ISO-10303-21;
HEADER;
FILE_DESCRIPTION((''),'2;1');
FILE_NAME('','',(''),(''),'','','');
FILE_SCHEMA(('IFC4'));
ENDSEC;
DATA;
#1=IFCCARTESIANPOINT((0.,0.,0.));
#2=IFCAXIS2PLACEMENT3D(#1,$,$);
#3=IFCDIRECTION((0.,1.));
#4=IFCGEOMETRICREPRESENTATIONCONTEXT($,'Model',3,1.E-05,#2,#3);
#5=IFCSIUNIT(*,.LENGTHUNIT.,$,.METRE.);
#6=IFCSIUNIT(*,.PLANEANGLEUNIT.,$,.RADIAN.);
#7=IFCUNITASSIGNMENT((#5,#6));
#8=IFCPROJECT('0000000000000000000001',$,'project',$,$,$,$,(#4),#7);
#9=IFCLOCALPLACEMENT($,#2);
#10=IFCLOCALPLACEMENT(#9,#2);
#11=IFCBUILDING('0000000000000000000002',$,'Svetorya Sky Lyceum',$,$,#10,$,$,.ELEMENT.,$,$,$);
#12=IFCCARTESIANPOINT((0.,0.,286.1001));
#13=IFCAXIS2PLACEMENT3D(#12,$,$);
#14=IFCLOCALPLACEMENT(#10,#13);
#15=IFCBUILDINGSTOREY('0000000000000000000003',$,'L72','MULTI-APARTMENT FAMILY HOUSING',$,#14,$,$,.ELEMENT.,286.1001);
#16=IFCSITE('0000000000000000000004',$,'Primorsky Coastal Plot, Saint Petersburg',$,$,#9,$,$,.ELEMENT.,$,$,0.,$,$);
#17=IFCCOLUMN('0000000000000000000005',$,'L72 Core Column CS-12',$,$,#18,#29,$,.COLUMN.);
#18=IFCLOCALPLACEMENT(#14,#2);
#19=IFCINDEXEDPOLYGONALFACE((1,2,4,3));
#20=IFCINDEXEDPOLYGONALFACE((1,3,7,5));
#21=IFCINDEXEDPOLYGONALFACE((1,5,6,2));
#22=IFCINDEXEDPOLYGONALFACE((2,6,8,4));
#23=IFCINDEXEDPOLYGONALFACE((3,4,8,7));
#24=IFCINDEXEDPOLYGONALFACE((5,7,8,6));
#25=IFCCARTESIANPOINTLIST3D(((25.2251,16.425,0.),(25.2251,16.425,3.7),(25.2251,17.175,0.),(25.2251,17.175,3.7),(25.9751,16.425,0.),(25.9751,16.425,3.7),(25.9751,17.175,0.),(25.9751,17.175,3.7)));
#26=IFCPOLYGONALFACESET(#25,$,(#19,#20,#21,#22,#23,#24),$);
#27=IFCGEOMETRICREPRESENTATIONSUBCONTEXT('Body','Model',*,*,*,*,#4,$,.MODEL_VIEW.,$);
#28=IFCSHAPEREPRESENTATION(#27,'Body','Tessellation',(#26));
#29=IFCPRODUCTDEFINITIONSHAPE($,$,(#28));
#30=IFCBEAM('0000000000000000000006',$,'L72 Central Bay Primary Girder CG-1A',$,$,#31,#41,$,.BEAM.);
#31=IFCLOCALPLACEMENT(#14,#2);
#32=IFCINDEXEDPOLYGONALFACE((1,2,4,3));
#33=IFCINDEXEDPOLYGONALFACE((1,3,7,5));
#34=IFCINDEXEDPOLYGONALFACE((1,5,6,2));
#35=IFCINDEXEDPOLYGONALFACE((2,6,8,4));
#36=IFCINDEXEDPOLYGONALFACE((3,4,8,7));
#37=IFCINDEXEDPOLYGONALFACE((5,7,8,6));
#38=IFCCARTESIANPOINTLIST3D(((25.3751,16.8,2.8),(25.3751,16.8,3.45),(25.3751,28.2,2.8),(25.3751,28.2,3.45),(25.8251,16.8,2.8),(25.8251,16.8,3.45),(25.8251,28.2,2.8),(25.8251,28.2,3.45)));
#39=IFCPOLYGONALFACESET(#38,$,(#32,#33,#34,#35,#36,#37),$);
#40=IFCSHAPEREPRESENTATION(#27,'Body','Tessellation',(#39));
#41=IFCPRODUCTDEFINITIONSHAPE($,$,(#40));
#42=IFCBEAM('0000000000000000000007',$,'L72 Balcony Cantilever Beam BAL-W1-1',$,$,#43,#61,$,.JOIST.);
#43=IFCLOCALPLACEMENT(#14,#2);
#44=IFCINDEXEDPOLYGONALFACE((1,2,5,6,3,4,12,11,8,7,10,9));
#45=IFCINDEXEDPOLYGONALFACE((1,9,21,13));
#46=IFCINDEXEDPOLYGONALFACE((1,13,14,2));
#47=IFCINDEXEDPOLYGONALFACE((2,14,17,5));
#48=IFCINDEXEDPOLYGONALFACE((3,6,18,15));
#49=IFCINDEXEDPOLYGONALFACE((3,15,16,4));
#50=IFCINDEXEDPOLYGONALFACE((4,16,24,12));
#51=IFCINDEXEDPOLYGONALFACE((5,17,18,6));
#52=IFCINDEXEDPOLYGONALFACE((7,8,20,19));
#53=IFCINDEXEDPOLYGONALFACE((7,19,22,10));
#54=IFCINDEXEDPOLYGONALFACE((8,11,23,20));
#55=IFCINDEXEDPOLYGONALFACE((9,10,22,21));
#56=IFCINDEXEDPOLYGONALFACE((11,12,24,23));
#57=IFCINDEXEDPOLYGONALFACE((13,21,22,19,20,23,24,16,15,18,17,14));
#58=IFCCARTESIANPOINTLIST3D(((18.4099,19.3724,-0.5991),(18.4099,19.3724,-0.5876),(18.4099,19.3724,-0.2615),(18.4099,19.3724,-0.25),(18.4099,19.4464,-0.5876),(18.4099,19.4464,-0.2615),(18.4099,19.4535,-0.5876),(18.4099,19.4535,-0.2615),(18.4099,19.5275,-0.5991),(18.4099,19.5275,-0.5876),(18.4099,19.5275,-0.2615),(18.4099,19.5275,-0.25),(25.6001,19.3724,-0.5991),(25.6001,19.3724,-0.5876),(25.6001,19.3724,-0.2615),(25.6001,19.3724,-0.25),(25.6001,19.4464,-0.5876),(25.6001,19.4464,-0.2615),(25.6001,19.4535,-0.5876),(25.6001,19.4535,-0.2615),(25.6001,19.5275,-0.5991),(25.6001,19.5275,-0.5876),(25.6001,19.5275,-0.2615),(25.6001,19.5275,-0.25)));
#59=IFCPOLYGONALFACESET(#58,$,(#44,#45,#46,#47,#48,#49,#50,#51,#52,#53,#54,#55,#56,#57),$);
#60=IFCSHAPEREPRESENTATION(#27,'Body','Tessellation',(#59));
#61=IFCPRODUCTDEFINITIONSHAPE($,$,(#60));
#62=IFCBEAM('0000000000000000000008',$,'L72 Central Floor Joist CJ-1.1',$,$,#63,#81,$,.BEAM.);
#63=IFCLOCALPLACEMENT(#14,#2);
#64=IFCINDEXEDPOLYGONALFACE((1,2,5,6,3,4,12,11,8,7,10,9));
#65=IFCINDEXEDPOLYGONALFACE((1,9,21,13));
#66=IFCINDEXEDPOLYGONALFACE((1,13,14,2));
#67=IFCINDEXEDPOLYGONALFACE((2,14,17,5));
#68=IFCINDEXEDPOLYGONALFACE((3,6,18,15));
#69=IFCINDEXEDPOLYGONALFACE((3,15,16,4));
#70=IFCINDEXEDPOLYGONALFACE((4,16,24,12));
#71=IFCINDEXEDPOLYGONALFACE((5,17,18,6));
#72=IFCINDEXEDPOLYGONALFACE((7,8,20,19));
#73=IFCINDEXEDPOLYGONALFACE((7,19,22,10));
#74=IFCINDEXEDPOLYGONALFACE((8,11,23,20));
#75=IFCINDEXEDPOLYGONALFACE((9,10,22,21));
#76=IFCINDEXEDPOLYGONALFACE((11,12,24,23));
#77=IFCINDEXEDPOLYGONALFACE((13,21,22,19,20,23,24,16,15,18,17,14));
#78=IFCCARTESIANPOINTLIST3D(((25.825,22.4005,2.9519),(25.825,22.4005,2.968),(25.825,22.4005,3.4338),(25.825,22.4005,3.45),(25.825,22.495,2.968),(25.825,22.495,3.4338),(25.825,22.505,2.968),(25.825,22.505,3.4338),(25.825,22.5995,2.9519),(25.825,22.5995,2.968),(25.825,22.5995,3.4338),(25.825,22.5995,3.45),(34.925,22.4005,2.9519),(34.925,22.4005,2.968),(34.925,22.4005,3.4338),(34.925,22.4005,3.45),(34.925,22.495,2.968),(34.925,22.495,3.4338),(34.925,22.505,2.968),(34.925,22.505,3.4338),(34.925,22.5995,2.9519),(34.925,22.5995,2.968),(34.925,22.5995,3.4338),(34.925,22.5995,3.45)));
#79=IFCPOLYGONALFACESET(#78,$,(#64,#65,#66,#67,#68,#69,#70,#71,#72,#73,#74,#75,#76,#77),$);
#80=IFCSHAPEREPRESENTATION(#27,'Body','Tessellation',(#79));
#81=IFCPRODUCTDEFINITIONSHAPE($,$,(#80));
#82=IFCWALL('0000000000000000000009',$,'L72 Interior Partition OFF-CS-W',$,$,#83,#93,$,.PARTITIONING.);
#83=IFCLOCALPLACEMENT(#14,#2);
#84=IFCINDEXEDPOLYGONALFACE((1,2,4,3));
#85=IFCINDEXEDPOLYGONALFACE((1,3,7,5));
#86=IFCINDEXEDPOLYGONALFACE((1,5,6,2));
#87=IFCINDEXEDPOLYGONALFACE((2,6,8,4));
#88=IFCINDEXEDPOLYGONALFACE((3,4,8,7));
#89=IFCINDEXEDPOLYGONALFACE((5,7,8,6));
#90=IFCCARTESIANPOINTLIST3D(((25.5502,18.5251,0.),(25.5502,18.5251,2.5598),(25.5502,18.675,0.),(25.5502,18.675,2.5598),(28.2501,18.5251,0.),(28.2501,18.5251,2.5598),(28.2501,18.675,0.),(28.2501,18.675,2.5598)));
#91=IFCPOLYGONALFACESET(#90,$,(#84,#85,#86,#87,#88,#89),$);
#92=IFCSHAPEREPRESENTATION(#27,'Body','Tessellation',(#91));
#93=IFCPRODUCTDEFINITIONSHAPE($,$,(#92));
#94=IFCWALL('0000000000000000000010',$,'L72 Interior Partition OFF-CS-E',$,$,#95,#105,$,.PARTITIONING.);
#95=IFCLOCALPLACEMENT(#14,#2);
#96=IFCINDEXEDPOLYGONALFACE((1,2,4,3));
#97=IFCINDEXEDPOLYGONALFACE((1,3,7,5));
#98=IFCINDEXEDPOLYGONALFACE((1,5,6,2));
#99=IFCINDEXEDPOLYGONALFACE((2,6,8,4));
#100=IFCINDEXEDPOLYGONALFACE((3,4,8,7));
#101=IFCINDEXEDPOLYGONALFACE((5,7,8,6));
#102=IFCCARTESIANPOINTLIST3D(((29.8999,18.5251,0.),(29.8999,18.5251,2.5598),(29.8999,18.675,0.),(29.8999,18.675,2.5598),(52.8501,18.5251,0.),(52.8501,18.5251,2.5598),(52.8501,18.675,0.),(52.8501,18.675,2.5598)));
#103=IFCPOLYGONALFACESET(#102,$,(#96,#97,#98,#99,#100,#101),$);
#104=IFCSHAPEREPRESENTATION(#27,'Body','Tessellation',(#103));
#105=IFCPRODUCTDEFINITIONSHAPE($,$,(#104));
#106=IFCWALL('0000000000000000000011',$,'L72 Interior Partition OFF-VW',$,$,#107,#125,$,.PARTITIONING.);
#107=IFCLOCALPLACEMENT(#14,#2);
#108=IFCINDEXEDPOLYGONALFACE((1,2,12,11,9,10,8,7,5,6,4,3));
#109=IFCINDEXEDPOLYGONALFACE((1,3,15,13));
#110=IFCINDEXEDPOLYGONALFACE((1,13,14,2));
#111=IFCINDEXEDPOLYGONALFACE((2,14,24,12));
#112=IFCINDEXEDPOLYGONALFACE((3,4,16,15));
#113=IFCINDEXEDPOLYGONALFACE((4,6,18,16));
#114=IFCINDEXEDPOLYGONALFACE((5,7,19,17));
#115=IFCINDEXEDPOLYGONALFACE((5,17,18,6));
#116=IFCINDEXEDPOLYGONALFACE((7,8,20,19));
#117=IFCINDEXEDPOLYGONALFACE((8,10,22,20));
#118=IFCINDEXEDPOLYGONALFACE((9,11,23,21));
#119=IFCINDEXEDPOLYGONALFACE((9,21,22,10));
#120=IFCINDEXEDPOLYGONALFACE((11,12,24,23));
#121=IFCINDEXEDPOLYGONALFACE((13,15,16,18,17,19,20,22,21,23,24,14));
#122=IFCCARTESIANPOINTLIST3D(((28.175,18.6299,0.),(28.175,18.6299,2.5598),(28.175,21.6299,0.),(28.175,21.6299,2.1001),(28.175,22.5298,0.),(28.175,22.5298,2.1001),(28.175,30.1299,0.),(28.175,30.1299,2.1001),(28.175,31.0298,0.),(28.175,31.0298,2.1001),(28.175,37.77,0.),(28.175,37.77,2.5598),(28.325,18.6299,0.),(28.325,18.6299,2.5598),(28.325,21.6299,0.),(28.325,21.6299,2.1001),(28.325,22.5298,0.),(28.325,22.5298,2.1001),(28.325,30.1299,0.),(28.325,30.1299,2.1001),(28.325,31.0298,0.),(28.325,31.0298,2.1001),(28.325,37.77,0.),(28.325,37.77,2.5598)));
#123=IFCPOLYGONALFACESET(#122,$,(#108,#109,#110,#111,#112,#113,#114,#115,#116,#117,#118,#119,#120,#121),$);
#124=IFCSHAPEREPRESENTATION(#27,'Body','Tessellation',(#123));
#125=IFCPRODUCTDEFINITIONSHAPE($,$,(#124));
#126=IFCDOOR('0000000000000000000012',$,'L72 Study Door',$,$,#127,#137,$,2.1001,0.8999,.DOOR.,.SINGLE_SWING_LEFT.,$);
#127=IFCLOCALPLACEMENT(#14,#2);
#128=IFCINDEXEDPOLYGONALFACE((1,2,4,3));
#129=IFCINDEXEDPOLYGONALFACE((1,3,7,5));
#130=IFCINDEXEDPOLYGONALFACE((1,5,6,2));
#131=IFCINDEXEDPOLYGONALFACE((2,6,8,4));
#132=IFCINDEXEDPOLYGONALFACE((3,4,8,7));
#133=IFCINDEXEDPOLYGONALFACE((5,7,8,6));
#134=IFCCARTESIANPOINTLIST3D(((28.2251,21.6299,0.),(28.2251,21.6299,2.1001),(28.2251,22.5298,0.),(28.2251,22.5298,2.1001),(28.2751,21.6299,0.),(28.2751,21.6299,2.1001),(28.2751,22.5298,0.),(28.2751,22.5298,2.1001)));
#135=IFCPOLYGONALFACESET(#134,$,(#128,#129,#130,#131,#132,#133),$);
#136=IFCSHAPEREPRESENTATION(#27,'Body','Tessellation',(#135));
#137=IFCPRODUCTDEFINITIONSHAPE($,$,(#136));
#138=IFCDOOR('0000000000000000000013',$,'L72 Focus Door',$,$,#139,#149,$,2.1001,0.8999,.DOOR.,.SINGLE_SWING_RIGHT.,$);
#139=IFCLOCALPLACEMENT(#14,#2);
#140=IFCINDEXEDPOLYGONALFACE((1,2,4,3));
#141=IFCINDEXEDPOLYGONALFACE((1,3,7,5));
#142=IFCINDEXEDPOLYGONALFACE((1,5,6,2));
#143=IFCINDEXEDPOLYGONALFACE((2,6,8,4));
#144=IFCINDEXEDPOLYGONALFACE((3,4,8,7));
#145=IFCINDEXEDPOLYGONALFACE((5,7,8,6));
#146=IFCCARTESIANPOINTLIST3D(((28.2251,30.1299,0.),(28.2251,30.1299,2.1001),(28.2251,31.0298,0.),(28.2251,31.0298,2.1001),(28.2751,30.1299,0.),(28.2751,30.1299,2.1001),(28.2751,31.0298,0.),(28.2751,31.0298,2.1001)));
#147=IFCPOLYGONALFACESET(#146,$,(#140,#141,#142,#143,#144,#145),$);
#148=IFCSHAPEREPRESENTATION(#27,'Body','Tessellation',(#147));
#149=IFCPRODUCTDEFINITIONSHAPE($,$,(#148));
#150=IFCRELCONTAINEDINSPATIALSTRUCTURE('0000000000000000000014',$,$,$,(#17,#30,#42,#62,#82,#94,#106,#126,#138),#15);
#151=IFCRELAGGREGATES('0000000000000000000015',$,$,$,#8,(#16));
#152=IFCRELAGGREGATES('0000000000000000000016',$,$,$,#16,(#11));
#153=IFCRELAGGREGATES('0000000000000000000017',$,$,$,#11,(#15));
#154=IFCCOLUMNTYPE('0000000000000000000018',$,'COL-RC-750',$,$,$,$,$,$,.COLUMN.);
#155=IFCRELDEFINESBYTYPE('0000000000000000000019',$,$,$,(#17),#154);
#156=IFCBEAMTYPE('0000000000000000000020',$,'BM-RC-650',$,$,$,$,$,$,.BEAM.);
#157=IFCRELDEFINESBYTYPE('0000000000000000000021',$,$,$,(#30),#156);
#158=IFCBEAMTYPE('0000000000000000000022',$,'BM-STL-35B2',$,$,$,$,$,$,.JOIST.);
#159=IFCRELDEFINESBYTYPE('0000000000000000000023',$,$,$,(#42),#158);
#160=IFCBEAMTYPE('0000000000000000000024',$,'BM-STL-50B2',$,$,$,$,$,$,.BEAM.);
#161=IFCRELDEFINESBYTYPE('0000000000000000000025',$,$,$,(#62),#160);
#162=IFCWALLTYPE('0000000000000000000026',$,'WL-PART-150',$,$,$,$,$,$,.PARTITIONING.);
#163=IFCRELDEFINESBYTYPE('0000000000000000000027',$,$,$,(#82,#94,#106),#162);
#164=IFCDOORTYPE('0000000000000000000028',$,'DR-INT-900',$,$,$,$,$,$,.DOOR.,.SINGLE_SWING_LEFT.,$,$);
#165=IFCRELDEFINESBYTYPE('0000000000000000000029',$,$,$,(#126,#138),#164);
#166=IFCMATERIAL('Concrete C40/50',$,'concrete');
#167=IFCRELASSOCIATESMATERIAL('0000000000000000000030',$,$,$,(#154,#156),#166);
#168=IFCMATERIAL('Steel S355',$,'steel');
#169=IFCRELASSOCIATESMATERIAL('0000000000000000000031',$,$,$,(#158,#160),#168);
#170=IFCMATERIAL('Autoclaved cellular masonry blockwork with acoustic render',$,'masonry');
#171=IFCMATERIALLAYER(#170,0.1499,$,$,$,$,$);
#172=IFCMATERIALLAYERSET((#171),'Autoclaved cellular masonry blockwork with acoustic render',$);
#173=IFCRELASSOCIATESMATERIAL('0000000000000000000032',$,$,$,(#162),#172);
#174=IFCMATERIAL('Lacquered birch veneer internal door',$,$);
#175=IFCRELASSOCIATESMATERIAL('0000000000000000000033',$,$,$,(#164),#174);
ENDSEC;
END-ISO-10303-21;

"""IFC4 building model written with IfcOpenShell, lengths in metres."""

from ifc_helpers import new_model, si_unit, direction, frame, frame_2d, origin, origin_2d, place, context, subcontext, project, spatial, rectangle, i_section, extrude, material, layer, layer_set, material_profile, profile_set, type_object, element, fill, save


model = new_model("IFC4")

# Units and contexts
model_context = context("Model", 3, precision=1e-05, world=origin(), true_north=direction((0.0, 1.0)))
body_context = subcontext(model_context, "Body", "Model", "MODEL_VIEW")
ifc_project = project(units=[si_unit("LENGTHUNIT", "METRE"), si_unit("PLANEANGLEUNIT", "RADIAN")], contexts=[model_context])

# Site, building, storey
site_placement = place(None, origin())
site = spatial("IfcSite", under=ifc_project, at=site_placement, Name="Primorsky Coastal Plot, Saint Petersburg", CompositionType="ELEMENT", RefElevation=0.0)
building_placement = place(site_placement, origin())
building = spatial("IfcBuilding", under=site, at=building_placement, Name="Svetorya Sky Lyceum", CompositionType="ELEMENT")
storey_placement = place(building_placement, frame((0.0, 0.0, 286.1001)))
storey = spatial("IfcBuildingStorey", under=building, at=storey_placement, Name="L72", Description="MULTI-APARTMENT FAMILY HOUSING", CompositionType="ELEMENT", Elevation=286.1001)

# Column
ifc_material_1 = material(Name="Concrete C40/50", Category="concrete")
ifc_material_profile_1 = material_profile(ifc_material_1, rectangle(XDim=0.75, YDim=0.75, at=origin_2d()), Name="RC COL 750x750")
ifc_profile_set_1 = profile_set([ifc_material_profile_1], Name="Concrete C40/50")
column_type = type_object("IfcColumnType", Name="COL-RC-750", PredefinedType="COLUMN", material=ifc_profile_set_1)
column_placement = place(storey_placement, frame((25.6001, 16.8, 0.0), z_axis=(0.0, 0.0, 1.0), x_axis=(1.0, 0.0, 0.0)))
element("IfcColumn", 1, at=column_placement, inside=storey, type_object=column_type, Name="L72 Core Column CS-12", PredefinedType="COLUMN", context=body_context, shape_type="SweptSolid", body=[
    extrude(rectangle(XDim=0.75, YDim=0.75, at=origin_2d()), origin(), (0.0, 0.0, 1.0), 3.7),
])

# Beams
ifc_material_profile_2 = material_profile(ifc_material_1, rectangle(XDim=0.45, YDim=0.6499, at=origin_2d()), Name="RC BEAM 450x650")
ifc_profile_set_2 = profile_set([ifc_material_profile_2], Name="Concrete C40/50")
beam_type_1 = type_object("IfcBeamType", Name="BM-RC-650", PredefinedType="BEAM", material=ifc_profile_set_2)
beam_1_placement = place(storey_placement, frame((25.6001, 16.8, 3.125), z_axis=(0.0, 1.0, 0.0), x_axis=(-1.0, 0.0, 0.0)))
element("IfcBeam", 2, at=beam_1_placement, inside=storey, type_object=beam_type_1, Name="L72 Central Bay Primary Girder CG-1A", PredefinedType="BEAM", context=body_context, shape_type="SweptSolid", body=[
    extrude(rectangle(XDim=0.45, YDim=0.6499, at=origin_2d()), origin(), (0.0, 0.0, 1.0), 11.3999),
])
ifc_material_2 = material(Name="Steel S355", Category="steel")
ifc_material_profile_3 = material_profile(ifc_material_2, i_section(OverallWidth=0.155, OverallDepth=0.3491, WebThickness=0.0071, FlangeThickness=0.0115, at=origin_2d()), Name="GOST 35B2")
ifc_profile_set_3 = profile_set([ifc_material_profile_3], Name="Steel S355")
beam_type_2 = type_object("IfcBeamType", Name="BM-STL-35B2", PredefinedType="JOIST", material=ifc_profile_set_3)
beam_2_placement = place(storey_placement, frame((25.6001, 19.45, -0.4246), z_axis=(-1.0, 0.0, 0.0), x_axis=(0.0, -1.0, 0.0)))
element("IfcBeam", 3, at=beam_2_placement, inside=storey, type_object=beam_type_2, Name="L72 Balcony Cantilever Beam BAL-W1-1", PredefinedType="JOIST", context=body_context, shape_type="SweptSolid", body=[
    extrude(i_section(OverallWidth=0.155, OverallDepth=0.3491, WebThickness=0.0071, FlangeThickness=0.0115, at=origin_2d()), origin(), (0.0, 0.0, 1.0), 7.1902),
])
ifc_material_profile_4 = material_profile(ifc_material_2, i_section(OverallWidth=0.199, OverallDepth=0.498, WebThickness=0.01, FlangeThickness=0.0161, at=origin_2d()), Name="GOST 50B2")
ifc_profile_set_4 = profile_set([ifc_material_profile_4], Name="Steel S355")
beam_type_3 = type_object("IfcBeamType", Name="BM-STL-50B2", PredefinedType="BEAM", material=ifc_profile_set_4)
beam_3_placement = place(storey_placement, frame((25.825, 22.5, 3.2009), z_axis=(1.0, 0.0, 0.0), x_axis=(0.0, 1.0, 0.0)))
element("IfcBeam", 4, at=beam_3_placement, inside=storey, type_object=beam_type_3, Name="L72 Central Floor Joist CJ-1.1", PredefinedType="BEAM", context=body_context, shape_type="SweptSolid", body=[
    extrude(i_section(OverallWidth=0.199, OverallDepth=0.498, WebThickness=0.01, FlangeThickness=0.0161, at=origin_2d()), origin(), (0.0, 0.0, 1.0), 9.1001),
])

# Walls
ifc_material_3 = material(Name="Autoclaved cellular masonry blockwork with acoustic render", Category="masonry")
ifc_layer_1 = layer(ifc_material_3, 0.1499)
ifc_layer_set_1 = layer_set([ifc_layer_1], Name="Autoclaved cellular masonry blockwork with acoustic render")
wall_type_1 = type_object("IfcWallType", Name="WL-PART-150", PredefinedType="PARTITIONING", material=ifc_layer_set_1)
wall_1_placement = place(storey_placement, frame((25.55, 18.6001, 0.0), z_axis=(0.0, 0.0, 1.0), x_axis=(1.0, 0.0, 0.0)))
element("IfcWall", 5, at=wall_1_placement, inside=storey, type_object=wall_type_1, Name="L72 Interior Partition OFF-CS-W", PredefinedType="PARTITIONING", context=body_context, shape_type="SweptSolid", body=[
    extrude(rectangle(XDim=2.7, YDim=0.1499, at=frame_2d((1.3501, 0.0))), origin(), (0.0, 0.0, 1.0), 2.5598),
])
wall_2_placement = place(storey_placement, frame((29.8999, 18.6001, 0.0), z_axis=(0.0, 0.0, 1.0), x_axis=(1.0, 0.0, 0.0)))
element("IfcWall", 6, at=wall_2_placement, inside=storey, type_object=wall_type_1, Name="L72 Interior Partition OFF-CS-E", PredefinedType="PARTITIONING", context=body_context, shape_type="SweptSolid", body=[
    extrude(rectangle(XDim=22.9502, YDim=0.1499, at=frame_2d((11.4751, 0.0))), origin(), (0.0, 0.0, 1.0), 2.5598),
])

# Wall, openings, doors
wall_3_placement = place(storey_placement, frame((28.25, 18.6299, 0.0), z_axis=(0.0, 0.0, 1.0), x_axis=(0.0, 1.0, 0.0)))
wall_3 = element("IfcWall", 7, at=wall_3_placement, inside=storey, type_object=wall_type_1, Name="L72 Interior Partition OFF-VW", PredefinedType="PARTITIONING", context=body_context, shape_type="SweptSolid", body=[
    extrude(rectangle(XDim=19.1401, YDim=0.1499, at=frame_2d((9.5701, 0.0))), origin(), (0.0, 0.0, 1.0), 2.5598),
])
opening_1_placement = place(wall_3_placement, frame((3.0, 0.0, 0.0)))
opening_1 = element("IfcOpeningElement", 8, at=opening_1_placement, cuts=wall_3, PredefinedType="OPENING", context=body_context, shape_type="SweptSolid", body=[
    extrude(rectangle(XDim=0.8999, YDim=2.1001, at=frame_2d((0.45, 1.05))), frame((0.0, 0.085, 0.0), z_axis=(0.0, -1.0, 0.0), x_axis=(1.0, 0.0, 0.0)), (0.0, 0.0, 1.0), 0.1699),
])
opening_2_placement = place(wall_3_placement, frame((11.5, 0.0, 0.0)))
opening_2 = element("IfcOpeningElement", 9, at=opening_2_placement, cuts=wall_3, PredefinedType="OPENING", context=body_context, shape_type="SweptSolid", body=[
    extrude(rectangle(XDim=0.8999, YDim=2.1001, at=frame_2d((0.45, 1.05))), frame((0.0, 0.085, 0.0), z_axis=(0.0, -1.0, 0.0), x_axis=(1.0, 0.0, 0.0)), (0.0, 0.0, 1.0), 0.1699),
])
ifc_material_4 = material(Name="Lacquered birch veneer internal door")
door_type_1 = type_object("IfcDoorType", Name="DR-INT-900", OperationType="SINGLE_SWING_LEFT", PredefinedType="DOOR", material=ifc_material_4)
door_1_placement = place(opening_1_placement, origin())
door_1 = element("IfcDoor", 10, at=door_1_placement, inside=storey, type_object=door_type_1, Name="L72 Study Door", OperationType="SINGLE_SWING_LEFT", OverallHeight=2.1001, OverallWidth=0.8999, PredefinedType="DOOR", context=body_context, shape_type="SweptSolid", body=[
    extrude(rectangle(XDim=0.8999, YDim=2.1001, at=frame_2d((0.45, 1.05))), frame((0.0, 0.0249, 0.0), z_axis=(0.0, -1.0, 0.0), x_axis=(1.0, 0.0, 0.0)), (0.0, 0.0, 1.0), 0.05),
])
fill(opening_1, door_1)
door_2_placement = place(opening_2_placement, origin())
door_2 = element("IfcDoor", 11, at=door_2_placement, inside=storey, type_object=door_type_1, Name="L72 Focus Door", OperationType="SINGLE_SWING_RIGHT", OverallHeight=2.1001, OverallWidth=0.8999, PredefinedType="DOOR", context=body_context, shape_type="SweptSolid", body=[
    extrude(rectangle(XDim=0.8999, YDim=2.1001, at=frame_2d((0.45, 1.05))), frame((0.0, 0.0249, 0.0), z_axis=(0.0, -1.0, 0.0), x_axis=(1.0, 0.0, 0.0)), (0.0, 0.0, 1.0), 0.05),
])
fill(opening_2, door_2)

save(model, "model.ifc")
